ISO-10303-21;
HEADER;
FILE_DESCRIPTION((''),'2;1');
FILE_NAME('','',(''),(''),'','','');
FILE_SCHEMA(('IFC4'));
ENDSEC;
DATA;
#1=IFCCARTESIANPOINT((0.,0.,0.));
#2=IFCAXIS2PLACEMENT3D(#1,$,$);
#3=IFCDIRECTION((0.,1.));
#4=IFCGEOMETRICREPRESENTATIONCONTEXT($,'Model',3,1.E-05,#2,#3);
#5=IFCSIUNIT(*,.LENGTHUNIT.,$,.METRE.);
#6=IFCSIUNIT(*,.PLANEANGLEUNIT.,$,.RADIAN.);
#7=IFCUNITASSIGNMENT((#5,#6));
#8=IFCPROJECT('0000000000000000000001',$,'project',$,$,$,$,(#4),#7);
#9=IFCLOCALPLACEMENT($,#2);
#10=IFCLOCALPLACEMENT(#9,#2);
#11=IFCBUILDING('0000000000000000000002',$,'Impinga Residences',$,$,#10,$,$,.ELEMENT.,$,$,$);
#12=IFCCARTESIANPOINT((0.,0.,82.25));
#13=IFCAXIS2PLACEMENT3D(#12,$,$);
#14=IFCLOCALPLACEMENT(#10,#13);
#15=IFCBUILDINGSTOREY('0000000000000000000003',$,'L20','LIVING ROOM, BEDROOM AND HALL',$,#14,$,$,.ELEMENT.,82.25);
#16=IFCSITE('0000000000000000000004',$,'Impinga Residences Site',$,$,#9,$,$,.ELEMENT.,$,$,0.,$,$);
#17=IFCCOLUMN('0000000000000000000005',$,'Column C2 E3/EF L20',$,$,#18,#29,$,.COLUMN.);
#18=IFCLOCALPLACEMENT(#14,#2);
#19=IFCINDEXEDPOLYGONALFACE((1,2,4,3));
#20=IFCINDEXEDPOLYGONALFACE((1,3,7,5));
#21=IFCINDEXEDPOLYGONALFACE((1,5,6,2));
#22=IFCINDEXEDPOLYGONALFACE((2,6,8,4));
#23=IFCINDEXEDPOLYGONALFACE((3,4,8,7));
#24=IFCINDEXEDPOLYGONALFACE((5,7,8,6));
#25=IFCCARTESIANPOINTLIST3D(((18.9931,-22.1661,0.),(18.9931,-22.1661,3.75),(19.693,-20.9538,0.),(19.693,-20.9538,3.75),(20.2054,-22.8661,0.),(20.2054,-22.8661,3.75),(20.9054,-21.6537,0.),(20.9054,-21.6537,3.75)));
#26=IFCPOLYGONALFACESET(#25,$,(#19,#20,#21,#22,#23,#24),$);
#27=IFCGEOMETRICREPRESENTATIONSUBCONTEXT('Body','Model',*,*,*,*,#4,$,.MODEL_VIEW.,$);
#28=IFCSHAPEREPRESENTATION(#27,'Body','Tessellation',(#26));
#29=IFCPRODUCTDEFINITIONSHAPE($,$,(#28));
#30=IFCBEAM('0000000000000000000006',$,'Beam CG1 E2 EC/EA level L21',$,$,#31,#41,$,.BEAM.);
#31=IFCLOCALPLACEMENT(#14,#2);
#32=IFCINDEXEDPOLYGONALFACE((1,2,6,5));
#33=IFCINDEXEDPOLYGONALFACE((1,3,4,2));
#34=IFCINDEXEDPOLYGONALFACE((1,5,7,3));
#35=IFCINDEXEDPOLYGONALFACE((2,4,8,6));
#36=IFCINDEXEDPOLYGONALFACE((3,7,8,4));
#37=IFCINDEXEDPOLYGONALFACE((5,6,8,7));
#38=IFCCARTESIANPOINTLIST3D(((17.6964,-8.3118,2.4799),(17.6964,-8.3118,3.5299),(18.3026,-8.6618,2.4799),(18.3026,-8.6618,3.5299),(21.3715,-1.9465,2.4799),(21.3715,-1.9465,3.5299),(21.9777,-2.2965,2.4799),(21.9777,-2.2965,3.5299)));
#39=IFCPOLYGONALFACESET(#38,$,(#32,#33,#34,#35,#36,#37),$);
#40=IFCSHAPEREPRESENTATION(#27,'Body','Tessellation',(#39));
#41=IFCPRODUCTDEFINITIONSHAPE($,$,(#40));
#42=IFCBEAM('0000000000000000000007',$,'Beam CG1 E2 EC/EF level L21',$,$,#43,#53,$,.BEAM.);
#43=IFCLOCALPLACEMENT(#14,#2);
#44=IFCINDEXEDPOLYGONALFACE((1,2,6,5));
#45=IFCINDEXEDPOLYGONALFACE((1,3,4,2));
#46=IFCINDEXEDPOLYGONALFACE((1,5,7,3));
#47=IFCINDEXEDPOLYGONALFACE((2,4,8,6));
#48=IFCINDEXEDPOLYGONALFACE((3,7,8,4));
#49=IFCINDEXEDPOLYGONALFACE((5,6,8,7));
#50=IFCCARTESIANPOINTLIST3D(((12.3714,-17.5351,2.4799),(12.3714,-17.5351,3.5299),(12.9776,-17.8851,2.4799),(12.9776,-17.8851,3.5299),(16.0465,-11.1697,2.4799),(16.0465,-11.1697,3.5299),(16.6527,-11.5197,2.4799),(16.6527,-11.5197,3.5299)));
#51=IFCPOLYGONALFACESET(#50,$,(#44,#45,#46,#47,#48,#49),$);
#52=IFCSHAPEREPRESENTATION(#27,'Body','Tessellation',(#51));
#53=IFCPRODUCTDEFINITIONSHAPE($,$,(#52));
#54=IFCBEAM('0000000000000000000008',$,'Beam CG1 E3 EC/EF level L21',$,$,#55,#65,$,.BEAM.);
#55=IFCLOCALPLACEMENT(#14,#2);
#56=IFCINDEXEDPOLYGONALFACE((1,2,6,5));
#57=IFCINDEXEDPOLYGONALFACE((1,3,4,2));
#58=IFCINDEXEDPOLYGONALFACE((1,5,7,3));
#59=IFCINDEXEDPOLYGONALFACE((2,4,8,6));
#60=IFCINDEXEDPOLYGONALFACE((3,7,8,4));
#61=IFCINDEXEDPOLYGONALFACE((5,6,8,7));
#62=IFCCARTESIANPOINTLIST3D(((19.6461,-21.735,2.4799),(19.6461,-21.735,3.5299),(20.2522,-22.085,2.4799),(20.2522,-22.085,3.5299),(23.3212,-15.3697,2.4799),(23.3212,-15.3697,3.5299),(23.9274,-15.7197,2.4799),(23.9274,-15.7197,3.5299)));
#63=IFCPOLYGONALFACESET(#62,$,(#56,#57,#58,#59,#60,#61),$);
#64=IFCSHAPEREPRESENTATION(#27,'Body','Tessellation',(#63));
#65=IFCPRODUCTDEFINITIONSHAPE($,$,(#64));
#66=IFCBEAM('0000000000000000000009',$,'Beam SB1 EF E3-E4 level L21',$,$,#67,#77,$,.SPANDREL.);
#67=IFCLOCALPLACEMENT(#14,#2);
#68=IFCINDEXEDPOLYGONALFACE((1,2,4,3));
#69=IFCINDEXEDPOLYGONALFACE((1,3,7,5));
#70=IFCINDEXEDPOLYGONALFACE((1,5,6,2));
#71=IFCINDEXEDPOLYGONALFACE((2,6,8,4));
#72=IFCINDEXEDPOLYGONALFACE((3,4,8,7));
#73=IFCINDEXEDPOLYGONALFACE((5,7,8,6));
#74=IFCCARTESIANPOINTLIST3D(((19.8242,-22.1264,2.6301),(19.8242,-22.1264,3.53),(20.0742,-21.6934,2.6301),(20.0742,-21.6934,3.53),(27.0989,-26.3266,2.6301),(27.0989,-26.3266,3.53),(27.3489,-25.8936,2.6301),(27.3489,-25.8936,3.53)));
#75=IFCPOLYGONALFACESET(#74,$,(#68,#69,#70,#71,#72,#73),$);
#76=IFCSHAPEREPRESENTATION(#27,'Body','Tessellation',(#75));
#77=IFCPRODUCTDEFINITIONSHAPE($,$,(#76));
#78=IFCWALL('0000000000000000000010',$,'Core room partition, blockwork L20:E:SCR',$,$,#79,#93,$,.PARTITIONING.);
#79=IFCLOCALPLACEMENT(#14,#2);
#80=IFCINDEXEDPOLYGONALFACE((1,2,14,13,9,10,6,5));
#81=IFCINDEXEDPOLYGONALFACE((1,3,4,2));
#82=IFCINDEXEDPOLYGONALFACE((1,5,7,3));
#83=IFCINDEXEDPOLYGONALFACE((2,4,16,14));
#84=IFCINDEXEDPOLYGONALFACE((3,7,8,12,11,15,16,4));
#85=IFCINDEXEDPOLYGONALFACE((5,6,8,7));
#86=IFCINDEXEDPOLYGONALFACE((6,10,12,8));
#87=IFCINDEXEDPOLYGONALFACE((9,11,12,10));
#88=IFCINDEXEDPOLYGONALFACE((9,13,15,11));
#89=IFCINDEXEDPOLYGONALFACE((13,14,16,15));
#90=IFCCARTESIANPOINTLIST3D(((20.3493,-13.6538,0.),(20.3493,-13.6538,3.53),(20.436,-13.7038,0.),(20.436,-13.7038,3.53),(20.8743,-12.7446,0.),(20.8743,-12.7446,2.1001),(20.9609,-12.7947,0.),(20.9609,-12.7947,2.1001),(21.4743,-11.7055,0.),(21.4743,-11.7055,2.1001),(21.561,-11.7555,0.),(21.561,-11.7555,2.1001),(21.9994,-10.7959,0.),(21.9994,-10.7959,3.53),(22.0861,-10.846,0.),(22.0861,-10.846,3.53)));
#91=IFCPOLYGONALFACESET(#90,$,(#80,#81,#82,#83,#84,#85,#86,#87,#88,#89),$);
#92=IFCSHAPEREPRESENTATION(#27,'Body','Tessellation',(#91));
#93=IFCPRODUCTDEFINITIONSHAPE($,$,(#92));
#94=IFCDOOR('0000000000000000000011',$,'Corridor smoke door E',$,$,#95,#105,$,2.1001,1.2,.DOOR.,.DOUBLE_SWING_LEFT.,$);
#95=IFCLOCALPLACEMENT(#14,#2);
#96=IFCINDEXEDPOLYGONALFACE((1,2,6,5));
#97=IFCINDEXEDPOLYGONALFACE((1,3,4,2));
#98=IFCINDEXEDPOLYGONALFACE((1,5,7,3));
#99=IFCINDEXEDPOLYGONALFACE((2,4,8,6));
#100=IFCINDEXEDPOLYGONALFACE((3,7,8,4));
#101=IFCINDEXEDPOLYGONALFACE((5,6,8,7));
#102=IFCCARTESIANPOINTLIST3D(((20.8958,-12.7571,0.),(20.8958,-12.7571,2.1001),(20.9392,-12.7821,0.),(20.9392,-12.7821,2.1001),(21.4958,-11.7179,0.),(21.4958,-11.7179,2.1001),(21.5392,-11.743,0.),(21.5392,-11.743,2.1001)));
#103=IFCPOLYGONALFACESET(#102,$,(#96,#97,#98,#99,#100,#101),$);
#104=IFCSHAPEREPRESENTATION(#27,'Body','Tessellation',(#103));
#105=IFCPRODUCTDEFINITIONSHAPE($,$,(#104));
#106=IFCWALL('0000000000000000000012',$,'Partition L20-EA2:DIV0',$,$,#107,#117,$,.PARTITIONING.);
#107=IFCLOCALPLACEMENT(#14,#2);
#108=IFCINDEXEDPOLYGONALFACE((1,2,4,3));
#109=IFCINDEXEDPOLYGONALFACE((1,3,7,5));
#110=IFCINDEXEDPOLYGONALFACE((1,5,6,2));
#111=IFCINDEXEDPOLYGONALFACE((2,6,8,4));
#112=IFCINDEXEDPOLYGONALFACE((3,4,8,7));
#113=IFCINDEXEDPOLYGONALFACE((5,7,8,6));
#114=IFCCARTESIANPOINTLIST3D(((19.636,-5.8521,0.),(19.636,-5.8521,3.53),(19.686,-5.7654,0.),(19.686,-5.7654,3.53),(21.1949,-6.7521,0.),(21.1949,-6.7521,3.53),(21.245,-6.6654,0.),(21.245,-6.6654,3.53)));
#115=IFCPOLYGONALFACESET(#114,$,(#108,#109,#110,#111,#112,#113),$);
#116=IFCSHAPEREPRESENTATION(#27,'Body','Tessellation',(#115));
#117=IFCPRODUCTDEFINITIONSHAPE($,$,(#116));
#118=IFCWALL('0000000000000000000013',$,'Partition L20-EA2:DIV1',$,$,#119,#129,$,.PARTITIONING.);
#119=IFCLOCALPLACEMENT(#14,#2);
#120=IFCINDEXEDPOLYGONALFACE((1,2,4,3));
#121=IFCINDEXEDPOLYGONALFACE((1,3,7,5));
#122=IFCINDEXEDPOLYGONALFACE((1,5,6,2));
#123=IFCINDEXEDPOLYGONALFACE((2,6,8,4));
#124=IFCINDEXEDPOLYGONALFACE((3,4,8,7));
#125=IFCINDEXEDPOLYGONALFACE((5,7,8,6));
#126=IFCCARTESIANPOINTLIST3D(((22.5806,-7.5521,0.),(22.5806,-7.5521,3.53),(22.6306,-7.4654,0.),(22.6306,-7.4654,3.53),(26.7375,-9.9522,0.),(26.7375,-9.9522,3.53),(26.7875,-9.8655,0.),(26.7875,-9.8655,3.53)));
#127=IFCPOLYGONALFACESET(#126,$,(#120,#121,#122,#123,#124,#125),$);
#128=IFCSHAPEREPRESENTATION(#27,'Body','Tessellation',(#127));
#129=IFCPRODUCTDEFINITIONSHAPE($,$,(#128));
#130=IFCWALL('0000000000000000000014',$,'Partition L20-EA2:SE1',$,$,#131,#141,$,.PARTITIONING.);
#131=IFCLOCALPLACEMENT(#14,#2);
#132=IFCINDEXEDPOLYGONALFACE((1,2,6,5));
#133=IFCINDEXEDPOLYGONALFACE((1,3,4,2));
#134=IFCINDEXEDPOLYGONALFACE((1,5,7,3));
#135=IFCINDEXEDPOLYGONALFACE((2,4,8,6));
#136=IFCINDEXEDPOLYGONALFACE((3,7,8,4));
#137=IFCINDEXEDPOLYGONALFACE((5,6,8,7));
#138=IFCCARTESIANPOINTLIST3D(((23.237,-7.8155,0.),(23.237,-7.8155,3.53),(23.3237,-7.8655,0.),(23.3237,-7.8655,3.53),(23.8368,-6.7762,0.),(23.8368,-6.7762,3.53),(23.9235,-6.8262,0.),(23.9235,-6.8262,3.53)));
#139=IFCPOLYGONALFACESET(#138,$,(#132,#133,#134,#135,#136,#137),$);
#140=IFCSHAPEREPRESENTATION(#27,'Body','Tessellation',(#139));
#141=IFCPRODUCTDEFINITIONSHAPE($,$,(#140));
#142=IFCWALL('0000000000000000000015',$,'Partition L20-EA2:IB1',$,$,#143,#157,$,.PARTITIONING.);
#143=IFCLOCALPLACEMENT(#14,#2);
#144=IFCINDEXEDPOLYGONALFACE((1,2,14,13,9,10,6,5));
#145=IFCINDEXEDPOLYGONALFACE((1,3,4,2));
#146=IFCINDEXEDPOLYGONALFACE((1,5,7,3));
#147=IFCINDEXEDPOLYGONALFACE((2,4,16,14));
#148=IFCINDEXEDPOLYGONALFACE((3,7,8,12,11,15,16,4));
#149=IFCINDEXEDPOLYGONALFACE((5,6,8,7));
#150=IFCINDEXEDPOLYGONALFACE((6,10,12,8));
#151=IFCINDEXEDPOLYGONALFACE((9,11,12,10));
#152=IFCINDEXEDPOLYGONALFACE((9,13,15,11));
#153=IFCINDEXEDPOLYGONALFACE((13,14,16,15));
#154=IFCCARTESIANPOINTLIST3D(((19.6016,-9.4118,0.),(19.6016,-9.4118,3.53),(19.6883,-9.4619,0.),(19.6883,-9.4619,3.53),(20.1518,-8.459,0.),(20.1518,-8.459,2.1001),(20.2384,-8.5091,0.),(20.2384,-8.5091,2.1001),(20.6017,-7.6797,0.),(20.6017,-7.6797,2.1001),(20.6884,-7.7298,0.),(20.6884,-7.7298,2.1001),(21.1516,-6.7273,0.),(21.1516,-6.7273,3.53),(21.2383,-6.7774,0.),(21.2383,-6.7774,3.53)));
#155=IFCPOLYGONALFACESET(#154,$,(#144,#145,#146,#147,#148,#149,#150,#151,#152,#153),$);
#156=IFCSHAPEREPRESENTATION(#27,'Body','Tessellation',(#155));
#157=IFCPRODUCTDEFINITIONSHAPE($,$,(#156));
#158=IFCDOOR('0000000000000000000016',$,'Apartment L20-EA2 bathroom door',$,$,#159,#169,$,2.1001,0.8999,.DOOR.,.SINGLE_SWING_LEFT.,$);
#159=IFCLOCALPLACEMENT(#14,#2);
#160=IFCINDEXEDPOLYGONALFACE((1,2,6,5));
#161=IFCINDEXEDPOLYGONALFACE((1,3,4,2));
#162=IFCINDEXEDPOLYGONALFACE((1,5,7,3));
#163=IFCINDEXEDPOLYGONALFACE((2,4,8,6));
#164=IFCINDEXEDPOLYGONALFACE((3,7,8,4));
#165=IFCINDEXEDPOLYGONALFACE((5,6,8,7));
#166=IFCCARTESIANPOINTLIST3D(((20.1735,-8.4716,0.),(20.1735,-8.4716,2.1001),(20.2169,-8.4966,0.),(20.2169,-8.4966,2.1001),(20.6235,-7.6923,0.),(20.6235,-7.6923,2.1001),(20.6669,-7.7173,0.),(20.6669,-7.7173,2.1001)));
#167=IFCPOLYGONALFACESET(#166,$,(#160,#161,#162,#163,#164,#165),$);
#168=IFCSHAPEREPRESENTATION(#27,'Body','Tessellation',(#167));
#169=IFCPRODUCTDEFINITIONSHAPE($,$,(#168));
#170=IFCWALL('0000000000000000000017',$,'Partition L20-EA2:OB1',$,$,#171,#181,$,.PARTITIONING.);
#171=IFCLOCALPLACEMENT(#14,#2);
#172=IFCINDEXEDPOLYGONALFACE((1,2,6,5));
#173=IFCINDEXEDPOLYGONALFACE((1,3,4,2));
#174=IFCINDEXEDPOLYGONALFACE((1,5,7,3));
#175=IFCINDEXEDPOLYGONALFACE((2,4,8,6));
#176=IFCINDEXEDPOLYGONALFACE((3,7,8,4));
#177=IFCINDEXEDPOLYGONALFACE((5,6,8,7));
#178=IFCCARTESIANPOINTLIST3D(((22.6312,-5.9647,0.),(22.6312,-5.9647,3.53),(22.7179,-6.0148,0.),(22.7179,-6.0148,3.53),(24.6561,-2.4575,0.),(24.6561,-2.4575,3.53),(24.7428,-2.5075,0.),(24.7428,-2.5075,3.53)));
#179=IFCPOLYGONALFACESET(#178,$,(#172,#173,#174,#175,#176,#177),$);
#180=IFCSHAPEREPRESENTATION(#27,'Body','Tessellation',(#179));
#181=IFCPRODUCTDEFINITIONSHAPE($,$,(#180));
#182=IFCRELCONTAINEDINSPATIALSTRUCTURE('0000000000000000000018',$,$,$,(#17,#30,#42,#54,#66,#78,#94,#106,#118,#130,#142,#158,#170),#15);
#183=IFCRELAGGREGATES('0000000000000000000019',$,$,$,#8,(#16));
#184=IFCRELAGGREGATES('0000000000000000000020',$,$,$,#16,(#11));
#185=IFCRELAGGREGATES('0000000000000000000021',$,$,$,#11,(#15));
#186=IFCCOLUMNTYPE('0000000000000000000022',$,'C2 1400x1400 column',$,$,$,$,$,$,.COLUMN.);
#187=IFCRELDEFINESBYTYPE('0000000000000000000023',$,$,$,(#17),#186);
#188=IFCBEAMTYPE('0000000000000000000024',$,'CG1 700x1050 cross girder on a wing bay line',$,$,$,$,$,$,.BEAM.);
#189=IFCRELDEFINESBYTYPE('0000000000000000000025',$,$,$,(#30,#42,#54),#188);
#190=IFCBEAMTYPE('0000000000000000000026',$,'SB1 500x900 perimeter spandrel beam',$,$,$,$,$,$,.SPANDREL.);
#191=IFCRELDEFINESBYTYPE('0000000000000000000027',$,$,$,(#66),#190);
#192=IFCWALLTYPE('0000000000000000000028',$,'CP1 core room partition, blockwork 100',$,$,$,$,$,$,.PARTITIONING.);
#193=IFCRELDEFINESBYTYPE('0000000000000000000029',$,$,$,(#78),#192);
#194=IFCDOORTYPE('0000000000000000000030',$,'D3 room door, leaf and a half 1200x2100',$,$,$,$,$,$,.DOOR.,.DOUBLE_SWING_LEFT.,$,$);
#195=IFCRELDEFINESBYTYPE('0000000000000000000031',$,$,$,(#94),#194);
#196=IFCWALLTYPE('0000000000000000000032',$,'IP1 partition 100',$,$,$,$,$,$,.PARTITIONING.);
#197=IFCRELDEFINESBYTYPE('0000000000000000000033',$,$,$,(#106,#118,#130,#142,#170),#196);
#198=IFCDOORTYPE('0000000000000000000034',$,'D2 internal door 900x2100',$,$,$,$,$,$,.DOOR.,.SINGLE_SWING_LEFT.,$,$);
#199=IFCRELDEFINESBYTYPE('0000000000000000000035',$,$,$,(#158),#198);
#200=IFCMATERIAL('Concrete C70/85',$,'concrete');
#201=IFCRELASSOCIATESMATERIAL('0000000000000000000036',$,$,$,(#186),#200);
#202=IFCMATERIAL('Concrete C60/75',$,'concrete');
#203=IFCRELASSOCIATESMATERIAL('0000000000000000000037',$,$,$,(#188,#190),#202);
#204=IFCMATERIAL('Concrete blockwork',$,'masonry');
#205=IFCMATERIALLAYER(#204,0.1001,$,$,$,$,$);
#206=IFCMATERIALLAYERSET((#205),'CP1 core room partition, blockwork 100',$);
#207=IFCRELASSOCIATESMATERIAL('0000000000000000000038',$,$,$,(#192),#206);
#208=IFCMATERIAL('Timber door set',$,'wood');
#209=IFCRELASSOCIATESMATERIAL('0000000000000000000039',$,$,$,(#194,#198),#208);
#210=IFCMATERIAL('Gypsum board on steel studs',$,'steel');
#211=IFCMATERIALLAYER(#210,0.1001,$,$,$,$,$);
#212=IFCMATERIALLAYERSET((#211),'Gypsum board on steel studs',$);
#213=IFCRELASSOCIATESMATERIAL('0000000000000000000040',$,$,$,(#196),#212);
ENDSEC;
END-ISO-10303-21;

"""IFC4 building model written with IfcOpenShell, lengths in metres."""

from ifc_helpers import new_model, si_unit, direction, frame, frame_2d, origin, origin_2d, place, context, subcontext, project, spatial, rectangle, extrude, material, layer, layer_set, material_profile, profile_set, type_object, element, fill, save


model = new_model("IFC4")

# Units and contexts
model_context = context("Model", 3, precision=1e-05, world=origin(), true_north=direction((0.0, 1.0)))
body_context = subcontext(model_context, "Body", "Model", "MODEL_VIEW")
ifc_project = project(units=[si_unit("LENGTHUNIT", "METRE"), si_unit("PLANEANGLEUNIT", "RADIAN")], contexts=[model_context])

# Site, building, storey
site_placement = place(None, origin())
site = spatial("IfcSite", under=ifc_project, at=site_placement, Name="Impinga Residences Site", CompositionType="ELEMENT", RefElevation=0.0)
building_placement = place(site_placement, origin())
building = spatial("IfcBuilding", under=site, at=building_placement, Name="Impinga Residences", CompositionType="ELEMENT")
storey_placement = place(building_placement, frame((0.0, 0.0, 82.25)))
storey = spatial("IfcBuildingStorey", under=building, at=storey_placement, Name="L20", Description="LIVING ROOM, BEDROOM AND HALL", CompositionType="ELEMENT", Elevation=82.25)

# Column
ifc_material_1 = material(Name="Concrete C70/85", Category="concrete")
ifc_material_profile_1 = material_profile(ifc_material_1, rectangle(XDim=1.3999, YDim=1.3999, at=origin_2d()), Name="RC 1400x1400")
ifc_profile_set_1 = profile_set([ifc_material_profile_1], Name="Concrete C70/85")
column_type = type_object("IfcColumnType", Name="C2 1400x1400 column", PredefinedType="COLUMN", material=ifc_profile_set_1)
column_placement = place(storey_placement, frame((19.9492, -21.9099, 0.0), z_axis=(0.0, 0.0, 1.0), x_axis=(-0.5, -0.866025, 0.0)))
element("IfcColumn", 1, at=column_placement, inside=storey, type_object=column_type, Name="Column C2 E3/EF L20", PredefinedType="COLUMN", context=body_context, shape_type="SweptSolid", body=[
    extrude(rectangle(XDim=1.3999, YDim=1.3999, at=origin_2d()), origin(), (0.0, 0.0, 1.0), 3.75),
])

# Beams
ifc_material_2 = material(Name="Concrete C60/75", Category="concrete")
ifc_material_profile_2 = material_profile(ifc_material_2, rectangle(XDim=0.7, YDim=1.05, at=origin_2d()), Name="RC 700x1050")
ifc_profile_set_2 = profile_set([ifc_material_profile_2], Name="Concrete C60/75")
beam_type_1 = type_object("IfcBeamType", Name="CG1 700x1050 cross girder on a wing bay line", PredefinedType="BEAM", material=ifc_profile_set_2)
for number, where, z_axis, x_axis, name in (
    (2, (17.9995, -8.4868, 3.0049), (0.500008, 0.866021, 0.0), (-0.866021, 0.500008, 0.0), "Beam CG1 E2 EC/EA level L21"),
    (3, (16.3496, -11.3447, 3.0049), (-0.500008, -0.866021, 0.0), (0.866021, -0.500008, 0.0), "Beam CG1 E2 EC/EF level L21"),
    (4, (23.6243, -15.5447, 3.0049), (-0.500008, -0.866021, 0.0), (0.866021, -0.500008, 0.0), "Beam CG1 E3 EC/EF level L21"),
):
    element("IfcBeam", number, at=place(storey_placement, frame(where, z_axis=z_axis, x_axis=x_axis)), inside=storey, type_object=beam_type_1, Name=name, PredefinedType="BEAM", context=body_context, shape_type="SweptSolid", body=[
        extrude(rectangle(XDim=0.7, YDim=1.05, at=origin_2d()), origin(), (0.0, 0.0, 1.0), 7.3501),
    ])
ifc_material_profile_3 = material_profile(ifc_material_2, rectangle(XDim=0.5, YDim=0.8999, at=origin_2d()), Name="RC 500x900")
ifc_profile_set_3 = profile_set([ifc_material_profile_3], Name="Concrete C60/75")
beam_type_2 = type_object("IfcBeamType", Name="SB1 500x900 perimeter spandrel beam", PredefinedType="SPANDREL", material=ifc_profile_set_3)
beam_placement = place(storey_placement, frame((19.9492, -21.9099, 3.0801), z_axis=(0.866017, -0.500015, 0.0), x_axis=(0.500015, 0.866017, 0.0)))
element("IfcBeam", 5, at=beam_placement, inside=storey, type_object=beam_type_2, Name="Beam SB1 EF E3-E4 level L21", PredefinedType="SPANDREL", context=body_context, shape_type="SweptSolid", body=[
    extrude(rectangle(XDim=0.5, YDim=0.8999, at=origin_2d()), origin(), (0.0, 0.0, 1.0), 8.4001),
])

# Wall, opening, door
ifc_material_3 = material(Name="Concrete blockwork", Category="masonry")
ifc_layer_1 = layer(ifc_material_3, 0.1001)
ifc_layer_set_1 = layer_set([ifc_layer_1], Name="CP1 core room partition, blockwork 100")
wall_type_1 = type_object("IfcWallType", Name="CP1 core room partition, blockwork 100", PredefinedType="PARTITIONING", material=ifc_layer_set_1)
wall_1_placement = place(storey_placement, frame((22.0427, -10.821, 0.0), z_axis=(0.0, 0.0, 1.0), x_axis=(-0.50003, -0.866008, 0.0)))
wall_1 = element("IfcWall", 6, at=wall_1_placement, inside=storey, type_object=wall_type_1, Name="Core room partition, blockwork L20:E:SCR", PredefinedType="PARTITIONING", context=body_context, shape_type="SweptSolid", body=[
    extrude(rectangle(XDim=3.3, YDim=0.1001, at=frame_2d((1.6499, 0.0))), origin(), (0.0, 0.0, 1.0), 3.53),
])
opening_1_placement = place(wall_1_placement, frame((1.05, 0.0, 0.0)))
opening_1 = element("IfcOpeningElement", 7, at=opening_1_placement, cuts=wall_1, PredefinedType="OPENING", context=body_context, shape_type="SweptSolid", body=[
    extrude(rectangle(XDim=1.2, YDim=2.1001, at=frame_2d((0.6001, 1.05))), frame((0.0, 0.0601, 0.0), z_axis=(0.0, -1.0, 0.0), x_axis=(1.0, 0.0, 0.0)), (0.0, 0.0, 1.0), 0.1201),
])
ifc_material_4 = material(Name="Timber door set", Category="wood")
door_type_1 = type_object("IfcDoorType", Name="D3 room door, leaf and a half 1200x2100", OperationType="DOUBLE_SWING_LEFT", PredefinedType="DOOR", material=ifc_material_4)
door_1_placement = place(opening_1_placement, origin())
door_1 = element("IfcDoor", 8, at=door_1_placement, inside=storey, type_object=door_type_1, Name="Corridor smoke door E", OperationType="DOUBLE_SWING_LEFT", OverallHeight=2.1001, OverallWidth=1.2, PredefinedType="DOOR", context=body_context, shape_type="SweptSolid", body=[
    extrude(rectangle(XDim=1.2, YDim=2.1001, at=frame_2d((0.6001, 1.05))), frame((0.0, 0.0249, 0.0), z_axis=(0.0, -1.0, 0.0), x_axis=(1.0, 0.0, 0.0)), (0.0, 0.0, 1.0), 0.05),
])
fill(opening_1, door_1)

# Walls
ifc_material_5 = material(Name="Gypsum board on steel studs", Category="steel")
ifc_layer_2 = layer(ifc_material_5, 0.1001)
ifc_layer_set_2 = layer_set([ifc_layer_2], Name="Gypsum board on steel studs")
wall_type_2 = type_object("IfcWallType", Name="IP1 partition 100", PredefinedType="PARTITIONING", material=ifc_layer_set_2)
wall_2_placement = place(storey_placement, frame((19.6611, -5.8088, 0.0), z_axis=(0.0, 0.0, 1.0), x_axis=(0.866048, -0.499961, 0.0)))
element("IfcWall", 9, at=wall_2_placement, inside=storey, type_object=wall_type_2, Name="Partition L20-EA2:DIV0", PredefinedType="PARTITIONING", context=body_context, shape_type="SweptSolid", body=[
    extrude(rectangle(XDim=1.8, YDim=0.1001, at=frame_2d((0.8999, 0.0))), origin(), (0.0, 0.0, 1.0), 3.53),
])
wall_3_placement = place(storey_placement, frame((22.6057, -7.5088, 0.0), z_axis=(0.0, 0.0, 1.0), x_axis=(0.866015, -0.500017, 0.0)))
element("IfcWall", 10, at=wall_3_placement, inside=storey, type_object=wall_type_2, Name="Partition L20-EA2:DIV1", PredefinedType="PARTITIONING", context=body_context, shape_type="SweptSolid", body=[
    extrude(rectangle(XDim=4.8, YDim=0.1001, at=frame_2d((2.3999, 0.0))), origin(), (0.0, 0.0, 1.0), 3.53),
])
wall_4_placement = place(storey_placement, frame((23.2803, -7.8406, 0.0), z_axis=(0.0, 0.0, 1.0), x_axis=(0.499881, 0.866094, 0.0)))
element("IfcWall", 11, at=wall_4_placement, inside=storey, type_object=wall_type_2, Name="Partition L20-EA2:SE1", PredefinedType="PARTITIONING", context=body_context, shape_type="SweptSolid", body=[
    extrude(rectangle(XDim=1.2, YDim=0.1001, at=frame_2d((0.6001, 0.0))), origin(), (0.0, 0.0, 1.0), 3.53),
])

# Wall, opening, door
wall_5_placement = place(storey_placement, frame((19.645, -9.4368, 0.0), z_axis=(0.0, 0.0, 1.0), x_axis=(0.500027, 0.86601, 0.0)))
wall_5 = element("IfcWall", 12, at=wall_5_placement, inside=storey, type_object=wall_type_2, Name="Partition L20-EA2:IB1", PredefinedType="PARTITIONING", context=body_context, shape_type="SweptSolid", body=[
    extrude(rectangle(XDim=3.0999, YDim=0.1001, at=frame_2d((1.5498, 0.0))), origin(), (0.0, 0.0, 1.0), 3.53),
])
opening_2_placement = place(wall_5_placement, frame((1.1001, 0.0, 0.0)))
opening_2 = element("IfcOpeningElement", 13, at=opening_2_placement, cuts=wall_5, PredefinedType="OPENING", context=body_context, shape_type="SweptSolid", body=[
    extrude(rectangle(XDim=0.8999, YDim=2.1001, at=frame_2d((0.45, 1.05))), frame((0.0, 0.0601, 0.0), z_axis=(0.0, -1.0, 0.0), x_axis=(1.0, 0.0, 0.0)), (0.0, 0.0, 1.0), 0.1201),
])
door_type_2 = type_object("IfcDoorType", Name="D2 internal door 900x2100", OperationType="SINGLE_SWING_LEFT", PredefinedType="DOOR", material=ifc_material_4)
door_2_placement = place(opening_2_placement, origin())
door_2 = element("IfcDoor", 14, at=door_2_placement, inside=storey, type_object=door_type_2, Name="Apartment L20-EA2 bathroom door", OperationType="SINGLE_SWING_LEFT", OverallHeight=2.1001, OverallWidth=0.8999, PredefinedType="DOOR", context=body_context, shape_type="SweptSolid", body=[
    extrude(rectangle(XDim=0.8999, YDim=2.1001, at=frame_2d((0.45, 1.05))), frame((0.0, 0.0249, 0.0), z_axis=(0.0, -1.0, 0.0), x_axis=(1.0, 0.0, 0.0)), (0.0, 0.0, 1.0), 0.05),
])
fill(opening_2, door_2)

# Wall
wall_6_placement = place(storey_placement, frame((22.6746, -5.9897, 0.0), z_axis=(0.0, 0.0, 1.0), x_axis=(0.49999, 0.866031, 0.0)))
element("IfcWall", 15, at=wall_6_placement, inside=storey, type_object=wall_type_2, Name="Partition L20-EA2:OB1", PredefinedType="PARTITIONING", context=body_context, shape_type="SweptSolid", body=[
    extrude(rectangle(XDim=4.0498, YDim=0.1001, at=frame_2d((2.0249, 0.0))), origin(), (0.0, 0.0, 1.0), 3.53),
])

save(model, "model.ifc")
